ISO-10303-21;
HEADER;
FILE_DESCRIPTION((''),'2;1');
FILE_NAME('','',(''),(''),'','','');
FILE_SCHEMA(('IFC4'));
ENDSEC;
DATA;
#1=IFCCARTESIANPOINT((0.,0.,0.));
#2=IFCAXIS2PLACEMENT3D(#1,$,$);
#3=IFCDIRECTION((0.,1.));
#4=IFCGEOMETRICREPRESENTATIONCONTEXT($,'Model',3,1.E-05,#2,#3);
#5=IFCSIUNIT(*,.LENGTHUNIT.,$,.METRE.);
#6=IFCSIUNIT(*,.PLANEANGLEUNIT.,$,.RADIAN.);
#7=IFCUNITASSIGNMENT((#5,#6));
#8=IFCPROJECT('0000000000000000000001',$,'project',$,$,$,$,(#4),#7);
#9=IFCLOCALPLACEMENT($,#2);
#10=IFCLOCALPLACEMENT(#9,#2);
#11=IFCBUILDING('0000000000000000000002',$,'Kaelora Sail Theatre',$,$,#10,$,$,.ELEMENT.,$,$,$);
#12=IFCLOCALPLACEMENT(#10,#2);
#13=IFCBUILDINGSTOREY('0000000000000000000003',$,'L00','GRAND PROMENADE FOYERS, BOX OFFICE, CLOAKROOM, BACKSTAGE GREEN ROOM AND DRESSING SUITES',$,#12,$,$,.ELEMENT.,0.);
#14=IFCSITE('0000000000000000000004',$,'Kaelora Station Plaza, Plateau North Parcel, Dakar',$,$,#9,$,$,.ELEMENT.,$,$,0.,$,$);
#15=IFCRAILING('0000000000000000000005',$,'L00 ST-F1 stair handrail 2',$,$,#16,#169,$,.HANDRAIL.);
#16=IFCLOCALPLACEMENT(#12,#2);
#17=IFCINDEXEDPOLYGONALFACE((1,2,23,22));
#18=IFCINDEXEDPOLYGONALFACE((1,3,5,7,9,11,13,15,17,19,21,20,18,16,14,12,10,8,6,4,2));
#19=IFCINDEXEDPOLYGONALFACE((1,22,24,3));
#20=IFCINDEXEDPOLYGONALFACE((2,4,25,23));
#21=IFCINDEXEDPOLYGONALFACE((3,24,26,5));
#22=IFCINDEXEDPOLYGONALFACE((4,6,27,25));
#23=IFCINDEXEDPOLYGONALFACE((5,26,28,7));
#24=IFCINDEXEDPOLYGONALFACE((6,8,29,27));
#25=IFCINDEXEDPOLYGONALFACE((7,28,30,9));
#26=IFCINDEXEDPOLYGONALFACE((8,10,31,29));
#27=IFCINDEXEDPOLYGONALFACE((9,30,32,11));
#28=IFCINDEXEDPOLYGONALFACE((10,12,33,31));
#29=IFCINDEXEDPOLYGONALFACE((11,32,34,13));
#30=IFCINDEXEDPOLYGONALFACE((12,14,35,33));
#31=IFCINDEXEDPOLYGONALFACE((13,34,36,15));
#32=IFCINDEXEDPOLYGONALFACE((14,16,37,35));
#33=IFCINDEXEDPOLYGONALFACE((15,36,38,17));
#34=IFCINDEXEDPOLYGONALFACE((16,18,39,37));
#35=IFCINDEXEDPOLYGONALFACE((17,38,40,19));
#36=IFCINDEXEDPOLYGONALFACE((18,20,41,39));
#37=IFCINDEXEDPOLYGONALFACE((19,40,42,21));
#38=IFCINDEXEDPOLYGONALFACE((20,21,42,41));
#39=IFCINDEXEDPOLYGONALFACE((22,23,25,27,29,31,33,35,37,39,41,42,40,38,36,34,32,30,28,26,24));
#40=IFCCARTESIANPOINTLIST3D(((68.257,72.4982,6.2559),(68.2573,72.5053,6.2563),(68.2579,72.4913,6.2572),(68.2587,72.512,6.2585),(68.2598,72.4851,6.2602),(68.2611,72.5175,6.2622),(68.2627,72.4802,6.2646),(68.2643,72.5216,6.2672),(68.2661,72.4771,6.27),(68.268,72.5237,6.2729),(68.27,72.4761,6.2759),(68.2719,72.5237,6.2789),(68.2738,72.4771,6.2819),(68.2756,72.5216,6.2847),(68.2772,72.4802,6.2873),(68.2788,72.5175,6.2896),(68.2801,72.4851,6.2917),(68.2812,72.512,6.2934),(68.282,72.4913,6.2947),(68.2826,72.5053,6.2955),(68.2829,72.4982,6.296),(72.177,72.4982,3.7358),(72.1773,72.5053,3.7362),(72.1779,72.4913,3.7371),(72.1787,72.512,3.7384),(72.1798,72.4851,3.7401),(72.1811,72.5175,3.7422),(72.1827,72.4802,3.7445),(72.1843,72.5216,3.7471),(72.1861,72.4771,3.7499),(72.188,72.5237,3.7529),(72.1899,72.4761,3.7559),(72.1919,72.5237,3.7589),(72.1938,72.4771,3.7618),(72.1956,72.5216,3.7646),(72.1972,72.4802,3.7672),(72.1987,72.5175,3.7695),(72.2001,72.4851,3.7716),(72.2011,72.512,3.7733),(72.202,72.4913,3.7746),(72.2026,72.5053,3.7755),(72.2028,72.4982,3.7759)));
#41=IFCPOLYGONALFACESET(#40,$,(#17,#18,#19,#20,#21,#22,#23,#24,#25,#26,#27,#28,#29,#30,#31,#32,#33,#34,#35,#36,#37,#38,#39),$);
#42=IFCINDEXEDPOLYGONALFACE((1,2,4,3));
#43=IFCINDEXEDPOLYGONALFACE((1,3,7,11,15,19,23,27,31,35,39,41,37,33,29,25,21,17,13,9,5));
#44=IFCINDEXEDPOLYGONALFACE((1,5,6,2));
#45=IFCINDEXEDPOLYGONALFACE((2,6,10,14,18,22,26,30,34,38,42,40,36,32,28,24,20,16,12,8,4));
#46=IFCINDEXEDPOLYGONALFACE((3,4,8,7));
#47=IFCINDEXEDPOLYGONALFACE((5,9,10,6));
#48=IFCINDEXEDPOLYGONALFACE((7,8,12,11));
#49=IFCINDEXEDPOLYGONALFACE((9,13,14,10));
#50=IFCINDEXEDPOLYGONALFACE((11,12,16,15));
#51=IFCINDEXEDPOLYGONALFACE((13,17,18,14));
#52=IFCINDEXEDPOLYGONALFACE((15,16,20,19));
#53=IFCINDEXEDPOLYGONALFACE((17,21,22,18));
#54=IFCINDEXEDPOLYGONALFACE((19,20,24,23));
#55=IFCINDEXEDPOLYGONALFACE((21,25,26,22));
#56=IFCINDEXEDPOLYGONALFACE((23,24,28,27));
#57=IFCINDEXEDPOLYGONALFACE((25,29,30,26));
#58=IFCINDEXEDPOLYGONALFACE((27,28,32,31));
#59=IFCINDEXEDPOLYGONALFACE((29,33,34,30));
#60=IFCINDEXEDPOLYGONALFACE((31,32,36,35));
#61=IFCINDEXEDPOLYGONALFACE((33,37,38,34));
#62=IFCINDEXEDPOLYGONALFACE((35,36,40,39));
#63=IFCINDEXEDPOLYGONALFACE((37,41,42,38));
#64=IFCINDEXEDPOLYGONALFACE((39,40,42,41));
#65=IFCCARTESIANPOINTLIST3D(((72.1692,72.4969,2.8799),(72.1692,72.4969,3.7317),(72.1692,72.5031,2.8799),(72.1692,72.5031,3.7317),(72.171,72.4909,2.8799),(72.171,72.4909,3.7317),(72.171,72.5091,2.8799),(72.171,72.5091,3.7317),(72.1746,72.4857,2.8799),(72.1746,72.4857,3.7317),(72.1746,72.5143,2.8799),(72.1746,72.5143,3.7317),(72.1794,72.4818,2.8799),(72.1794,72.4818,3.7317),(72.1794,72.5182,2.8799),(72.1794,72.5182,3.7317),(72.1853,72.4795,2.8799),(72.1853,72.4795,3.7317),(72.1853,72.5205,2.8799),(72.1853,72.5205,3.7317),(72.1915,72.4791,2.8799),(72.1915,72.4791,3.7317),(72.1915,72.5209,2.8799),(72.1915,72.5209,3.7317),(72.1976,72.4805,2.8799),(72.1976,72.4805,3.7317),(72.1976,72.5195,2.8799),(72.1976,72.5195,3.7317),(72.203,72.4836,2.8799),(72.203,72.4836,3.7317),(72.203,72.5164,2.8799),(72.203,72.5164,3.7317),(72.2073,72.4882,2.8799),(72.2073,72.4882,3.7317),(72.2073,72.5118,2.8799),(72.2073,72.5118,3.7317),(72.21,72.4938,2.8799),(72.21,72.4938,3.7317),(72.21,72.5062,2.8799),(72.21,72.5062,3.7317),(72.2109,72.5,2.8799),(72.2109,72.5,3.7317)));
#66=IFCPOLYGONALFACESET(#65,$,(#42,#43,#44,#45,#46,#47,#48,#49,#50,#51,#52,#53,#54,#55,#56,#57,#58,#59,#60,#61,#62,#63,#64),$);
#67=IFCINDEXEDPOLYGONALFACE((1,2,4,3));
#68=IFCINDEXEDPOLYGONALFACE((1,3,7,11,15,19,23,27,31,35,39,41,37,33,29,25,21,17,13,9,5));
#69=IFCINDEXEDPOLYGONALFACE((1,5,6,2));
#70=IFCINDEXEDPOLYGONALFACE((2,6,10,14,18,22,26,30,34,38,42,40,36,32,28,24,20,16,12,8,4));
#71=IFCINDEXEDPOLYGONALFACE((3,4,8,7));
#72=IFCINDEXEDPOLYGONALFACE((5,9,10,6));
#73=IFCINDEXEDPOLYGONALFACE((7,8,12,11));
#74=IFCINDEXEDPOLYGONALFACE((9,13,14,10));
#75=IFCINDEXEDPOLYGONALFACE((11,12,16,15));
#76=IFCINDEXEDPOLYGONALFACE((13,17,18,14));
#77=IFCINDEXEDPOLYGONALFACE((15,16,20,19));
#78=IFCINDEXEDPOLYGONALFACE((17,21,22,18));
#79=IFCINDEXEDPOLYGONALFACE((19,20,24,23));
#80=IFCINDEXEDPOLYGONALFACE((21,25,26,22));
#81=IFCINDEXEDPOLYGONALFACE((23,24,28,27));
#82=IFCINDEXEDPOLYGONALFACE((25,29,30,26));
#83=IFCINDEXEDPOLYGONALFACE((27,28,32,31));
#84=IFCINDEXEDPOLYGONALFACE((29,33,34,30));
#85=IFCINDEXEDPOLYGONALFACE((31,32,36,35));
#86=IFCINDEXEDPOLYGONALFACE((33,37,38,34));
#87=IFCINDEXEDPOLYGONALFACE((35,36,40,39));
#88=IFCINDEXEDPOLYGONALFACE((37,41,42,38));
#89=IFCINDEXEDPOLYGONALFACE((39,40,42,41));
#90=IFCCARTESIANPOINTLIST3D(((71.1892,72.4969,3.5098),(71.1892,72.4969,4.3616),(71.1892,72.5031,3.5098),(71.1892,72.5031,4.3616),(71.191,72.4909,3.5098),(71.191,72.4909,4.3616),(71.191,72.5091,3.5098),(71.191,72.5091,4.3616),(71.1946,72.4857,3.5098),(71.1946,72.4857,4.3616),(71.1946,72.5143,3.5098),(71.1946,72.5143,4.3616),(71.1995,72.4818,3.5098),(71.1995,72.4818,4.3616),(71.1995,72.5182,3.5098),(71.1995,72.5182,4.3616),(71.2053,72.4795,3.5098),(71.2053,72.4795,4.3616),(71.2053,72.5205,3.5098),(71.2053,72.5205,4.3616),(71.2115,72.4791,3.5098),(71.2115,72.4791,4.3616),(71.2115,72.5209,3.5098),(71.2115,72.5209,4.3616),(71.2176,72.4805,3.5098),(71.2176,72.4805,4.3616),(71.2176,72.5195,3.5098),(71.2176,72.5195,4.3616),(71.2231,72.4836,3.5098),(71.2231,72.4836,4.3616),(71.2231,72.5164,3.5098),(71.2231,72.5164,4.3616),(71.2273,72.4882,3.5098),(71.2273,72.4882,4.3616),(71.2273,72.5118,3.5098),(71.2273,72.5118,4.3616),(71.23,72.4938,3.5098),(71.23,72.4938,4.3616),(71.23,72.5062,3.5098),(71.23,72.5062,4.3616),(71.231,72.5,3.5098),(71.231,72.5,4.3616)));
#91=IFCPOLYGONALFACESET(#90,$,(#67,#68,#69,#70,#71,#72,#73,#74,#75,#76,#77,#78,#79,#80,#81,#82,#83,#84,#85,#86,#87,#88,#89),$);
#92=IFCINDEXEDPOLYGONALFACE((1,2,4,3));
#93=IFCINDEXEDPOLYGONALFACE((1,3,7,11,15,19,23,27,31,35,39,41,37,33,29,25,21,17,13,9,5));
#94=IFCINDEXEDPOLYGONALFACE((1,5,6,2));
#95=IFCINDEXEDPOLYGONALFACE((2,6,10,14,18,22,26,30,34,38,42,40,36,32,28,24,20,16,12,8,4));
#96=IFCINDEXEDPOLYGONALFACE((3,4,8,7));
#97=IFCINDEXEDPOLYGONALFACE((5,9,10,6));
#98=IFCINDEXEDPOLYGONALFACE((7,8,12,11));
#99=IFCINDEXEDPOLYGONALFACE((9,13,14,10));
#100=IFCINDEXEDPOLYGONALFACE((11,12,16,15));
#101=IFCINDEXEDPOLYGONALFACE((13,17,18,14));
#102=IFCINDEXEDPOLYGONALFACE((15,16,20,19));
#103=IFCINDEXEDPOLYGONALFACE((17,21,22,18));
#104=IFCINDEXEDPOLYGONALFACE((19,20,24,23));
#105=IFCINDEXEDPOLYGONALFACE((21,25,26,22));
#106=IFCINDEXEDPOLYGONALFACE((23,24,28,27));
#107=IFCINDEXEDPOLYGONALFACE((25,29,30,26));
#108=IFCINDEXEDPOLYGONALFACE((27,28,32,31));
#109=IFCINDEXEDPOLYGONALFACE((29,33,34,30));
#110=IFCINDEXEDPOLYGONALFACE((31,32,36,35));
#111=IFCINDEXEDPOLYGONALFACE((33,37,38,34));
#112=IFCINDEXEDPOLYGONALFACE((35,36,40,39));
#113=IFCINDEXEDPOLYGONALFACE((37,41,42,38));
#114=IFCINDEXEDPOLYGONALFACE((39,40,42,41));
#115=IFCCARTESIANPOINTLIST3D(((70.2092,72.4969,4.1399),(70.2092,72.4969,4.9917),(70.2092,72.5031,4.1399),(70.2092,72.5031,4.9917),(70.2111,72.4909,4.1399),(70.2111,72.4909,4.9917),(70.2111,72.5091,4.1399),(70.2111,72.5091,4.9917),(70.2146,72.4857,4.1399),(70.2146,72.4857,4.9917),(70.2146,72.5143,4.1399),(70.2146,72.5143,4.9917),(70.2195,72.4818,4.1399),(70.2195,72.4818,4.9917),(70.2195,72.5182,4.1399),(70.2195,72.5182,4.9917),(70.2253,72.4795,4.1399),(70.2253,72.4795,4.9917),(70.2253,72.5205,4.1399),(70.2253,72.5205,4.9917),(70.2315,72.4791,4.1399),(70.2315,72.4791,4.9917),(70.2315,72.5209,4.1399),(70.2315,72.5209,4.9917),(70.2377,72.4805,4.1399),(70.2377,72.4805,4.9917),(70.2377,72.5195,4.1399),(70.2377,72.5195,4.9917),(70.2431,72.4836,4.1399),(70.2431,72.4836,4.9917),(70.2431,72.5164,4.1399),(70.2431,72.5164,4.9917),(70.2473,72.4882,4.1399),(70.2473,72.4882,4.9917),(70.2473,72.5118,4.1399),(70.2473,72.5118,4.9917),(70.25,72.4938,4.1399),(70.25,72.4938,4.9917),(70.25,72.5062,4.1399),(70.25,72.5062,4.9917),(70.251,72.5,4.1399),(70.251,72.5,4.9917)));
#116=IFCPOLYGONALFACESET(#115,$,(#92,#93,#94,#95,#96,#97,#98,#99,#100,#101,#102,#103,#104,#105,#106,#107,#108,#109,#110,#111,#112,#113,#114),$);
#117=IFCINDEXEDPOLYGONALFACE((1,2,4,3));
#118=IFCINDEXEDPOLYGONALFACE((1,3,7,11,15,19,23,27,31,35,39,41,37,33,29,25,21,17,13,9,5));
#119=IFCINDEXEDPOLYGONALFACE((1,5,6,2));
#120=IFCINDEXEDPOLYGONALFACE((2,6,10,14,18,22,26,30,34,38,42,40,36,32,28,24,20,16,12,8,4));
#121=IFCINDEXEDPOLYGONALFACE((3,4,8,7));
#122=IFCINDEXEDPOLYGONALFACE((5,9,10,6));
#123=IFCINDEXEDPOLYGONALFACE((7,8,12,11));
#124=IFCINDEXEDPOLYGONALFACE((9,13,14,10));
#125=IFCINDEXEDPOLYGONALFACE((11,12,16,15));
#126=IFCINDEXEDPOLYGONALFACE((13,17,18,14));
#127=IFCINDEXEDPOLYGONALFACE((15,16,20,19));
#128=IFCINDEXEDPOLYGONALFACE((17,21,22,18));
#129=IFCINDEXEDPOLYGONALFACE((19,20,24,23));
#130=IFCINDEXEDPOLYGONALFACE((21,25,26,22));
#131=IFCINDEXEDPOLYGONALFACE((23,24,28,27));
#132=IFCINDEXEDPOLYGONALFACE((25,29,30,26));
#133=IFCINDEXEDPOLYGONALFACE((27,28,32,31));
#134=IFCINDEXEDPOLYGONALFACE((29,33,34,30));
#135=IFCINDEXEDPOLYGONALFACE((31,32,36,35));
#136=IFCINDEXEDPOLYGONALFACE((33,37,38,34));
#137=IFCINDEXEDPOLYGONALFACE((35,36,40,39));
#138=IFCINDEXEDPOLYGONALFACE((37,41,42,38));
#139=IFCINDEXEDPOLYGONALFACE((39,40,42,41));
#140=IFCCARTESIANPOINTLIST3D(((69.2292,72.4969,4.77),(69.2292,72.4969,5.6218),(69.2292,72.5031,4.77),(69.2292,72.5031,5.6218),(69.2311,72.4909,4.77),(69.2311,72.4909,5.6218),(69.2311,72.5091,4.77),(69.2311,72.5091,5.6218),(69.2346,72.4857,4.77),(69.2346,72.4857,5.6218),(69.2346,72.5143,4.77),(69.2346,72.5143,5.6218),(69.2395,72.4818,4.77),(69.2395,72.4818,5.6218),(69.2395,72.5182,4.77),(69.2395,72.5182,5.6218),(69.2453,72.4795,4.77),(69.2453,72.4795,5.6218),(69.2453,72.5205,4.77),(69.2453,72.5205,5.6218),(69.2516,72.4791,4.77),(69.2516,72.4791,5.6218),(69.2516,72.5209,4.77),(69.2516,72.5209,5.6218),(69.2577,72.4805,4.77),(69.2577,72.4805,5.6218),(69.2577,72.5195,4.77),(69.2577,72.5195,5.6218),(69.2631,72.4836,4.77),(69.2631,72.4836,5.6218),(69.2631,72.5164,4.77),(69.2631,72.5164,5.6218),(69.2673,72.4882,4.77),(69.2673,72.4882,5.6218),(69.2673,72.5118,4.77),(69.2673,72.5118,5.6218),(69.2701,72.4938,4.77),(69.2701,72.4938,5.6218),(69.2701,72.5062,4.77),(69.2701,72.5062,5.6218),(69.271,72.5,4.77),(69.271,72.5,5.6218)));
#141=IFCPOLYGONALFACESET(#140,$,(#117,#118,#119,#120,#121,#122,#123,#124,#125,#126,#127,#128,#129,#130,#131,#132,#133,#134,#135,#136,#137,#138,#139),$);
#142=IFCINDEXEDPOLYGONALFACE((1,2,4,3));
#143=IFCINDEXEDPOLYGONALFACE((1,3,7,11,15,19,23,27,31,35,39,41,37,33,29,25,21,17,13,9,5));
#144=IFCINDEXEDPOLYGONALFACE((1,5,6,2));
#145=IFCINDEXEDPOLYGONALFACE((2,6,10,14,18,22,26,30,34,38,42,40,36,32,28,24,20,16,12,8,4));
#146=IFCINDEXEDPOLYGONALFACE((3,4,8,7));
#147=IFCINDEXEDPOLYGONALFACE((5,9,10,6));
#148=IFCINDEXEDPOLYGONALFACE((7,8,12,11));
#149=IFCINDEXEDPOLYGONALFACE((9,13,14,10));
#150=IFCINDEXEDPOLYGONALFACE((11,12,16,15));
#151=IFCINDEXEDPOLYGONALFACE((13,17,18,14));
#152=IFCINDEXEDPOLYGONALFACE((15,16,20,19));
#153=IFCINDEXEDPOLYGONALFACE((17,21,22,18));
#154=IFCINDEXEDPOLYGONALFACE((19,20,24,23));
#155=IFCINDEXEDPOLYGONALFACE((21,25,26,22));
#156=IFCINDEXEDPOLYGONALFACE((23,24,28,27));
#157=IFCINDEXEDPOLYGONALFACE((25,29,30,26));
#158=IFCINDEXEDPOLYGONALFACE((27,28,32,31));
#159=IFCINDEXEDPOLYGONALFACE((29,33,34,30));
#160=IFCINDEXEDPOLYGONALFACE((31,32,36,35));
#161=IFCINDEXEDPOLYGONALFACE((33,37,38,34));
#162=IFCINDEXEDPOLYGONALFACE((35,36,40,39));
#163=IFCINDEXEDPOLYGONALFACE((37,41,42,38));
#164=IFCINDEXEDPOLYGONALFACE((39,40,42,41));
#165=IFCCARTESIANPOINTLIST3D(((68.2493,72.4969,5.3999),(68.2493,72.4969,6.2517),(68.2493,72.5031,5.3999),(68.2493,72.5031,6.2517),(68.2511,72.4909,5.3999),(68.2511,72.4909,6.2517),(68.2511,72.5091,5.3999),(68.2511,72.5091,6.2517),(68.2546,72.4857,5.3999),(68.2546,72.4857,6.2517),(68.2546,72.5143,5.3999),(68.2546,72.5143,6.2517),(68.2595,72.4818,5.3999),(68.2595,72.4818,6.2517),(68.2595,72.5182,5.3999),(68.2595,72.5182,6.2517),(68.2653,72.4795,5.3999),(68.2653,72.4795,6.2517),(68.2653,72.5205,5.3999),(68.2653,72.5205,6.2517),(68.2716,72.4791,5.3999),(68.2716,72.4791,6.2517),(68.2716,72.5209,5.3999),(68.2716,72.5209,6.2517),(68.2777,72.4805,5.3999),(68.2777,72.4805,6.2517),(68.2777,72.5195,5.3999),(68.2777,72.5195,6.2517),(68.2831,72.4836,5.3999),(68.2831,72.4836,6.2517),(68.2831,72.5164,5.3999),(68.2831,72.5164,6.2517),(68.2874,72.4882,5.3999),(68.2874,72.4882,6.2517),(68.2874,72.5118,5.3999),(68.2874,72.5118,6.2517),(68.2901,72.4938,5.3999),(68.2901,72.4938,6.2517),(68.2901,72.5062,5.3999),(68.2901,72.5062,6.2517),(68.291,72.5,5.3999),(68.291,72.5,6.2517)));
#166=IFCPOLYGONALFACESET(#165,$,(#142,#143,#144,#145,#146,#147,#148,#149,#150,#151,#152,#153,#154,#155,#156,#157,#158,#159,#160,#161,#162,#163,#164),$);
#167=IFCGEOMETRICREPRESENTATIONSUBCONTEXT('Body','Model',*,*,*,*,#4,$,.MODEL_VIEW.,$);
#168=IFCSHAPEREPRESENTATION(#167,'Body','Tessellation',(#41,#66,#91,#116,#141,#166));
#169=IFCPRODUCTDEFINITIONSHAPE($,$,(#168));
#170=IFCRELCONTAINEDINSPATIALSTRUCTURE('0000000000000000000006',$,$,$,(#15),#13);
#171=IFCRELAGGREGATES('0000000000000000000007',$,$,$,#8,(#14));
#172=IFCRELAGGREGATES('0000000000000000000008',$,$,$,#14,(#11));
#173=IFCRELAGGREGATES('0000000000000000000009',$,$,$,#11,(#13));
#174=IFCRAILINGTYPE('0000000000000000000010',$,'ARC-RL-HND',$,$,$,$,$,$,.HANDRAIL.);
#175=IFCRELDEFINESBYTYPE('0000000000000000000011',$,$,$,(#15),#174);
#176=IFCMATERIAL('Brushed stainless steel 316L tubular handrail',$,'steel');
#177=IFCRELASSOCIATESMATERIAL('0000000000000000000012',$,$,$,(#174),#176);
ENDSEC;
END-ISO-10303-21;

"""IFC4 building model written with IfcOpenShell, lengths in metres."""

from ifc_helpers import new_model, si_unit, direction, frame, origin, origin_2d, place, context, subcontext, project, spatial, circle, extrude, material, type_object, element, save


model = new_model("IFC4")

# Units and contexts
model_context = context("Model", 3, precision=1e-05, world=origin(), true_north=direction((0.0, 1.0)))
body_context = subcontext(model_context, "Body", "Model", "MODEL_VIEW")
ifc_project = project(units=[si_unit("LENGTHUNIT", "METRE"), si_unit("PLANEANGLEUNIT", "RADIAN")], contexts=[model_context])

# Site, building, storey
site_placement = place(None, origin())
site = spatial("IfcSite", under=ifc_project, at=site_placement, Name="Kaelora Station Plaza, Plateau North Parcel, Dakar", CompositionType="ELEMENT", RefElevation=0.0)
building_placement = place(site_placement, origin())
building = spatial("IfcBuilding", under=site, at=building_placement, Name="Kaelora Sail Theatre", CompositionType="ELEMENT")
storey_placement = place(building_placement, origin())
storey = spatial("IfcBuildingStorey", under=building, at=storey_placement, Name="L00", Description="GRAND PROMENADE FOYERS, BOX OFFICE, CLOAKROOM, BACKSTAGE GREEN ROOM AND DRESSING SUITES", CompositionType="ELEMENT", Elevation=0.0)

# Railing
ifc_material_1 = material(Name="Brushed stainless steel 316L tubular handrail", Category="steel")
railing_type_1 = type_object("IfcRailingType", Name="ARC-RL-HND", PredefinedType="HANDRAIL", material=ifc_material_1)
railing_1_placement = place(storey_placement, frame((72.1899, 72.5, 2.8799)))
element("IfcRailing", 1, at=railing_1_placement, inside=storey, type_object=railing_type_1, Name="L00 ST-F1 stair handrail 2", PredefinedType="HANDRAIL", context=body_context, shape_type="SweptSolid", body=[
    extrude(circle(Radius=0.0239, at=origin_2d()), frame((0.0, 0.0, 0.876), z_axis=(-0.841172, 0.0, 0.540768), x_axis=(0.0, -1.0, 0.0)), (0.0, 0.0, 1.0), 4.6602),
    extrude(circle(Radius=0.021, at=origin_2d()), origin(), (0.0, 0.0, 1.0), 0.8518),
    extrude(circle(Radius=0.021, at=origin_2d()), frame((-0.98, 0.0, 0.6299)), (0.0, 0.0, 1.0), 0.8518),
    extrude(circle(Radius=0.021, at=origin_2d()), frame((-1.96, 0.0, 1.26)), (0.0, 0.0, 1.0), 0.8518),
    extrude(circle(Radius=0.021, at=origin_2d()), frame((-2.9399, 0.0, 1.8901)), (0.0, 0.0, 1.0), 0.8518),
    extrude(circle(Radius=0.021, at=origin_2d()), frame((-3.9199, 0.0, 2.52)), (0.0, 0.0, 1.0), 0.8518),
])

save(model, "model.ifc")
